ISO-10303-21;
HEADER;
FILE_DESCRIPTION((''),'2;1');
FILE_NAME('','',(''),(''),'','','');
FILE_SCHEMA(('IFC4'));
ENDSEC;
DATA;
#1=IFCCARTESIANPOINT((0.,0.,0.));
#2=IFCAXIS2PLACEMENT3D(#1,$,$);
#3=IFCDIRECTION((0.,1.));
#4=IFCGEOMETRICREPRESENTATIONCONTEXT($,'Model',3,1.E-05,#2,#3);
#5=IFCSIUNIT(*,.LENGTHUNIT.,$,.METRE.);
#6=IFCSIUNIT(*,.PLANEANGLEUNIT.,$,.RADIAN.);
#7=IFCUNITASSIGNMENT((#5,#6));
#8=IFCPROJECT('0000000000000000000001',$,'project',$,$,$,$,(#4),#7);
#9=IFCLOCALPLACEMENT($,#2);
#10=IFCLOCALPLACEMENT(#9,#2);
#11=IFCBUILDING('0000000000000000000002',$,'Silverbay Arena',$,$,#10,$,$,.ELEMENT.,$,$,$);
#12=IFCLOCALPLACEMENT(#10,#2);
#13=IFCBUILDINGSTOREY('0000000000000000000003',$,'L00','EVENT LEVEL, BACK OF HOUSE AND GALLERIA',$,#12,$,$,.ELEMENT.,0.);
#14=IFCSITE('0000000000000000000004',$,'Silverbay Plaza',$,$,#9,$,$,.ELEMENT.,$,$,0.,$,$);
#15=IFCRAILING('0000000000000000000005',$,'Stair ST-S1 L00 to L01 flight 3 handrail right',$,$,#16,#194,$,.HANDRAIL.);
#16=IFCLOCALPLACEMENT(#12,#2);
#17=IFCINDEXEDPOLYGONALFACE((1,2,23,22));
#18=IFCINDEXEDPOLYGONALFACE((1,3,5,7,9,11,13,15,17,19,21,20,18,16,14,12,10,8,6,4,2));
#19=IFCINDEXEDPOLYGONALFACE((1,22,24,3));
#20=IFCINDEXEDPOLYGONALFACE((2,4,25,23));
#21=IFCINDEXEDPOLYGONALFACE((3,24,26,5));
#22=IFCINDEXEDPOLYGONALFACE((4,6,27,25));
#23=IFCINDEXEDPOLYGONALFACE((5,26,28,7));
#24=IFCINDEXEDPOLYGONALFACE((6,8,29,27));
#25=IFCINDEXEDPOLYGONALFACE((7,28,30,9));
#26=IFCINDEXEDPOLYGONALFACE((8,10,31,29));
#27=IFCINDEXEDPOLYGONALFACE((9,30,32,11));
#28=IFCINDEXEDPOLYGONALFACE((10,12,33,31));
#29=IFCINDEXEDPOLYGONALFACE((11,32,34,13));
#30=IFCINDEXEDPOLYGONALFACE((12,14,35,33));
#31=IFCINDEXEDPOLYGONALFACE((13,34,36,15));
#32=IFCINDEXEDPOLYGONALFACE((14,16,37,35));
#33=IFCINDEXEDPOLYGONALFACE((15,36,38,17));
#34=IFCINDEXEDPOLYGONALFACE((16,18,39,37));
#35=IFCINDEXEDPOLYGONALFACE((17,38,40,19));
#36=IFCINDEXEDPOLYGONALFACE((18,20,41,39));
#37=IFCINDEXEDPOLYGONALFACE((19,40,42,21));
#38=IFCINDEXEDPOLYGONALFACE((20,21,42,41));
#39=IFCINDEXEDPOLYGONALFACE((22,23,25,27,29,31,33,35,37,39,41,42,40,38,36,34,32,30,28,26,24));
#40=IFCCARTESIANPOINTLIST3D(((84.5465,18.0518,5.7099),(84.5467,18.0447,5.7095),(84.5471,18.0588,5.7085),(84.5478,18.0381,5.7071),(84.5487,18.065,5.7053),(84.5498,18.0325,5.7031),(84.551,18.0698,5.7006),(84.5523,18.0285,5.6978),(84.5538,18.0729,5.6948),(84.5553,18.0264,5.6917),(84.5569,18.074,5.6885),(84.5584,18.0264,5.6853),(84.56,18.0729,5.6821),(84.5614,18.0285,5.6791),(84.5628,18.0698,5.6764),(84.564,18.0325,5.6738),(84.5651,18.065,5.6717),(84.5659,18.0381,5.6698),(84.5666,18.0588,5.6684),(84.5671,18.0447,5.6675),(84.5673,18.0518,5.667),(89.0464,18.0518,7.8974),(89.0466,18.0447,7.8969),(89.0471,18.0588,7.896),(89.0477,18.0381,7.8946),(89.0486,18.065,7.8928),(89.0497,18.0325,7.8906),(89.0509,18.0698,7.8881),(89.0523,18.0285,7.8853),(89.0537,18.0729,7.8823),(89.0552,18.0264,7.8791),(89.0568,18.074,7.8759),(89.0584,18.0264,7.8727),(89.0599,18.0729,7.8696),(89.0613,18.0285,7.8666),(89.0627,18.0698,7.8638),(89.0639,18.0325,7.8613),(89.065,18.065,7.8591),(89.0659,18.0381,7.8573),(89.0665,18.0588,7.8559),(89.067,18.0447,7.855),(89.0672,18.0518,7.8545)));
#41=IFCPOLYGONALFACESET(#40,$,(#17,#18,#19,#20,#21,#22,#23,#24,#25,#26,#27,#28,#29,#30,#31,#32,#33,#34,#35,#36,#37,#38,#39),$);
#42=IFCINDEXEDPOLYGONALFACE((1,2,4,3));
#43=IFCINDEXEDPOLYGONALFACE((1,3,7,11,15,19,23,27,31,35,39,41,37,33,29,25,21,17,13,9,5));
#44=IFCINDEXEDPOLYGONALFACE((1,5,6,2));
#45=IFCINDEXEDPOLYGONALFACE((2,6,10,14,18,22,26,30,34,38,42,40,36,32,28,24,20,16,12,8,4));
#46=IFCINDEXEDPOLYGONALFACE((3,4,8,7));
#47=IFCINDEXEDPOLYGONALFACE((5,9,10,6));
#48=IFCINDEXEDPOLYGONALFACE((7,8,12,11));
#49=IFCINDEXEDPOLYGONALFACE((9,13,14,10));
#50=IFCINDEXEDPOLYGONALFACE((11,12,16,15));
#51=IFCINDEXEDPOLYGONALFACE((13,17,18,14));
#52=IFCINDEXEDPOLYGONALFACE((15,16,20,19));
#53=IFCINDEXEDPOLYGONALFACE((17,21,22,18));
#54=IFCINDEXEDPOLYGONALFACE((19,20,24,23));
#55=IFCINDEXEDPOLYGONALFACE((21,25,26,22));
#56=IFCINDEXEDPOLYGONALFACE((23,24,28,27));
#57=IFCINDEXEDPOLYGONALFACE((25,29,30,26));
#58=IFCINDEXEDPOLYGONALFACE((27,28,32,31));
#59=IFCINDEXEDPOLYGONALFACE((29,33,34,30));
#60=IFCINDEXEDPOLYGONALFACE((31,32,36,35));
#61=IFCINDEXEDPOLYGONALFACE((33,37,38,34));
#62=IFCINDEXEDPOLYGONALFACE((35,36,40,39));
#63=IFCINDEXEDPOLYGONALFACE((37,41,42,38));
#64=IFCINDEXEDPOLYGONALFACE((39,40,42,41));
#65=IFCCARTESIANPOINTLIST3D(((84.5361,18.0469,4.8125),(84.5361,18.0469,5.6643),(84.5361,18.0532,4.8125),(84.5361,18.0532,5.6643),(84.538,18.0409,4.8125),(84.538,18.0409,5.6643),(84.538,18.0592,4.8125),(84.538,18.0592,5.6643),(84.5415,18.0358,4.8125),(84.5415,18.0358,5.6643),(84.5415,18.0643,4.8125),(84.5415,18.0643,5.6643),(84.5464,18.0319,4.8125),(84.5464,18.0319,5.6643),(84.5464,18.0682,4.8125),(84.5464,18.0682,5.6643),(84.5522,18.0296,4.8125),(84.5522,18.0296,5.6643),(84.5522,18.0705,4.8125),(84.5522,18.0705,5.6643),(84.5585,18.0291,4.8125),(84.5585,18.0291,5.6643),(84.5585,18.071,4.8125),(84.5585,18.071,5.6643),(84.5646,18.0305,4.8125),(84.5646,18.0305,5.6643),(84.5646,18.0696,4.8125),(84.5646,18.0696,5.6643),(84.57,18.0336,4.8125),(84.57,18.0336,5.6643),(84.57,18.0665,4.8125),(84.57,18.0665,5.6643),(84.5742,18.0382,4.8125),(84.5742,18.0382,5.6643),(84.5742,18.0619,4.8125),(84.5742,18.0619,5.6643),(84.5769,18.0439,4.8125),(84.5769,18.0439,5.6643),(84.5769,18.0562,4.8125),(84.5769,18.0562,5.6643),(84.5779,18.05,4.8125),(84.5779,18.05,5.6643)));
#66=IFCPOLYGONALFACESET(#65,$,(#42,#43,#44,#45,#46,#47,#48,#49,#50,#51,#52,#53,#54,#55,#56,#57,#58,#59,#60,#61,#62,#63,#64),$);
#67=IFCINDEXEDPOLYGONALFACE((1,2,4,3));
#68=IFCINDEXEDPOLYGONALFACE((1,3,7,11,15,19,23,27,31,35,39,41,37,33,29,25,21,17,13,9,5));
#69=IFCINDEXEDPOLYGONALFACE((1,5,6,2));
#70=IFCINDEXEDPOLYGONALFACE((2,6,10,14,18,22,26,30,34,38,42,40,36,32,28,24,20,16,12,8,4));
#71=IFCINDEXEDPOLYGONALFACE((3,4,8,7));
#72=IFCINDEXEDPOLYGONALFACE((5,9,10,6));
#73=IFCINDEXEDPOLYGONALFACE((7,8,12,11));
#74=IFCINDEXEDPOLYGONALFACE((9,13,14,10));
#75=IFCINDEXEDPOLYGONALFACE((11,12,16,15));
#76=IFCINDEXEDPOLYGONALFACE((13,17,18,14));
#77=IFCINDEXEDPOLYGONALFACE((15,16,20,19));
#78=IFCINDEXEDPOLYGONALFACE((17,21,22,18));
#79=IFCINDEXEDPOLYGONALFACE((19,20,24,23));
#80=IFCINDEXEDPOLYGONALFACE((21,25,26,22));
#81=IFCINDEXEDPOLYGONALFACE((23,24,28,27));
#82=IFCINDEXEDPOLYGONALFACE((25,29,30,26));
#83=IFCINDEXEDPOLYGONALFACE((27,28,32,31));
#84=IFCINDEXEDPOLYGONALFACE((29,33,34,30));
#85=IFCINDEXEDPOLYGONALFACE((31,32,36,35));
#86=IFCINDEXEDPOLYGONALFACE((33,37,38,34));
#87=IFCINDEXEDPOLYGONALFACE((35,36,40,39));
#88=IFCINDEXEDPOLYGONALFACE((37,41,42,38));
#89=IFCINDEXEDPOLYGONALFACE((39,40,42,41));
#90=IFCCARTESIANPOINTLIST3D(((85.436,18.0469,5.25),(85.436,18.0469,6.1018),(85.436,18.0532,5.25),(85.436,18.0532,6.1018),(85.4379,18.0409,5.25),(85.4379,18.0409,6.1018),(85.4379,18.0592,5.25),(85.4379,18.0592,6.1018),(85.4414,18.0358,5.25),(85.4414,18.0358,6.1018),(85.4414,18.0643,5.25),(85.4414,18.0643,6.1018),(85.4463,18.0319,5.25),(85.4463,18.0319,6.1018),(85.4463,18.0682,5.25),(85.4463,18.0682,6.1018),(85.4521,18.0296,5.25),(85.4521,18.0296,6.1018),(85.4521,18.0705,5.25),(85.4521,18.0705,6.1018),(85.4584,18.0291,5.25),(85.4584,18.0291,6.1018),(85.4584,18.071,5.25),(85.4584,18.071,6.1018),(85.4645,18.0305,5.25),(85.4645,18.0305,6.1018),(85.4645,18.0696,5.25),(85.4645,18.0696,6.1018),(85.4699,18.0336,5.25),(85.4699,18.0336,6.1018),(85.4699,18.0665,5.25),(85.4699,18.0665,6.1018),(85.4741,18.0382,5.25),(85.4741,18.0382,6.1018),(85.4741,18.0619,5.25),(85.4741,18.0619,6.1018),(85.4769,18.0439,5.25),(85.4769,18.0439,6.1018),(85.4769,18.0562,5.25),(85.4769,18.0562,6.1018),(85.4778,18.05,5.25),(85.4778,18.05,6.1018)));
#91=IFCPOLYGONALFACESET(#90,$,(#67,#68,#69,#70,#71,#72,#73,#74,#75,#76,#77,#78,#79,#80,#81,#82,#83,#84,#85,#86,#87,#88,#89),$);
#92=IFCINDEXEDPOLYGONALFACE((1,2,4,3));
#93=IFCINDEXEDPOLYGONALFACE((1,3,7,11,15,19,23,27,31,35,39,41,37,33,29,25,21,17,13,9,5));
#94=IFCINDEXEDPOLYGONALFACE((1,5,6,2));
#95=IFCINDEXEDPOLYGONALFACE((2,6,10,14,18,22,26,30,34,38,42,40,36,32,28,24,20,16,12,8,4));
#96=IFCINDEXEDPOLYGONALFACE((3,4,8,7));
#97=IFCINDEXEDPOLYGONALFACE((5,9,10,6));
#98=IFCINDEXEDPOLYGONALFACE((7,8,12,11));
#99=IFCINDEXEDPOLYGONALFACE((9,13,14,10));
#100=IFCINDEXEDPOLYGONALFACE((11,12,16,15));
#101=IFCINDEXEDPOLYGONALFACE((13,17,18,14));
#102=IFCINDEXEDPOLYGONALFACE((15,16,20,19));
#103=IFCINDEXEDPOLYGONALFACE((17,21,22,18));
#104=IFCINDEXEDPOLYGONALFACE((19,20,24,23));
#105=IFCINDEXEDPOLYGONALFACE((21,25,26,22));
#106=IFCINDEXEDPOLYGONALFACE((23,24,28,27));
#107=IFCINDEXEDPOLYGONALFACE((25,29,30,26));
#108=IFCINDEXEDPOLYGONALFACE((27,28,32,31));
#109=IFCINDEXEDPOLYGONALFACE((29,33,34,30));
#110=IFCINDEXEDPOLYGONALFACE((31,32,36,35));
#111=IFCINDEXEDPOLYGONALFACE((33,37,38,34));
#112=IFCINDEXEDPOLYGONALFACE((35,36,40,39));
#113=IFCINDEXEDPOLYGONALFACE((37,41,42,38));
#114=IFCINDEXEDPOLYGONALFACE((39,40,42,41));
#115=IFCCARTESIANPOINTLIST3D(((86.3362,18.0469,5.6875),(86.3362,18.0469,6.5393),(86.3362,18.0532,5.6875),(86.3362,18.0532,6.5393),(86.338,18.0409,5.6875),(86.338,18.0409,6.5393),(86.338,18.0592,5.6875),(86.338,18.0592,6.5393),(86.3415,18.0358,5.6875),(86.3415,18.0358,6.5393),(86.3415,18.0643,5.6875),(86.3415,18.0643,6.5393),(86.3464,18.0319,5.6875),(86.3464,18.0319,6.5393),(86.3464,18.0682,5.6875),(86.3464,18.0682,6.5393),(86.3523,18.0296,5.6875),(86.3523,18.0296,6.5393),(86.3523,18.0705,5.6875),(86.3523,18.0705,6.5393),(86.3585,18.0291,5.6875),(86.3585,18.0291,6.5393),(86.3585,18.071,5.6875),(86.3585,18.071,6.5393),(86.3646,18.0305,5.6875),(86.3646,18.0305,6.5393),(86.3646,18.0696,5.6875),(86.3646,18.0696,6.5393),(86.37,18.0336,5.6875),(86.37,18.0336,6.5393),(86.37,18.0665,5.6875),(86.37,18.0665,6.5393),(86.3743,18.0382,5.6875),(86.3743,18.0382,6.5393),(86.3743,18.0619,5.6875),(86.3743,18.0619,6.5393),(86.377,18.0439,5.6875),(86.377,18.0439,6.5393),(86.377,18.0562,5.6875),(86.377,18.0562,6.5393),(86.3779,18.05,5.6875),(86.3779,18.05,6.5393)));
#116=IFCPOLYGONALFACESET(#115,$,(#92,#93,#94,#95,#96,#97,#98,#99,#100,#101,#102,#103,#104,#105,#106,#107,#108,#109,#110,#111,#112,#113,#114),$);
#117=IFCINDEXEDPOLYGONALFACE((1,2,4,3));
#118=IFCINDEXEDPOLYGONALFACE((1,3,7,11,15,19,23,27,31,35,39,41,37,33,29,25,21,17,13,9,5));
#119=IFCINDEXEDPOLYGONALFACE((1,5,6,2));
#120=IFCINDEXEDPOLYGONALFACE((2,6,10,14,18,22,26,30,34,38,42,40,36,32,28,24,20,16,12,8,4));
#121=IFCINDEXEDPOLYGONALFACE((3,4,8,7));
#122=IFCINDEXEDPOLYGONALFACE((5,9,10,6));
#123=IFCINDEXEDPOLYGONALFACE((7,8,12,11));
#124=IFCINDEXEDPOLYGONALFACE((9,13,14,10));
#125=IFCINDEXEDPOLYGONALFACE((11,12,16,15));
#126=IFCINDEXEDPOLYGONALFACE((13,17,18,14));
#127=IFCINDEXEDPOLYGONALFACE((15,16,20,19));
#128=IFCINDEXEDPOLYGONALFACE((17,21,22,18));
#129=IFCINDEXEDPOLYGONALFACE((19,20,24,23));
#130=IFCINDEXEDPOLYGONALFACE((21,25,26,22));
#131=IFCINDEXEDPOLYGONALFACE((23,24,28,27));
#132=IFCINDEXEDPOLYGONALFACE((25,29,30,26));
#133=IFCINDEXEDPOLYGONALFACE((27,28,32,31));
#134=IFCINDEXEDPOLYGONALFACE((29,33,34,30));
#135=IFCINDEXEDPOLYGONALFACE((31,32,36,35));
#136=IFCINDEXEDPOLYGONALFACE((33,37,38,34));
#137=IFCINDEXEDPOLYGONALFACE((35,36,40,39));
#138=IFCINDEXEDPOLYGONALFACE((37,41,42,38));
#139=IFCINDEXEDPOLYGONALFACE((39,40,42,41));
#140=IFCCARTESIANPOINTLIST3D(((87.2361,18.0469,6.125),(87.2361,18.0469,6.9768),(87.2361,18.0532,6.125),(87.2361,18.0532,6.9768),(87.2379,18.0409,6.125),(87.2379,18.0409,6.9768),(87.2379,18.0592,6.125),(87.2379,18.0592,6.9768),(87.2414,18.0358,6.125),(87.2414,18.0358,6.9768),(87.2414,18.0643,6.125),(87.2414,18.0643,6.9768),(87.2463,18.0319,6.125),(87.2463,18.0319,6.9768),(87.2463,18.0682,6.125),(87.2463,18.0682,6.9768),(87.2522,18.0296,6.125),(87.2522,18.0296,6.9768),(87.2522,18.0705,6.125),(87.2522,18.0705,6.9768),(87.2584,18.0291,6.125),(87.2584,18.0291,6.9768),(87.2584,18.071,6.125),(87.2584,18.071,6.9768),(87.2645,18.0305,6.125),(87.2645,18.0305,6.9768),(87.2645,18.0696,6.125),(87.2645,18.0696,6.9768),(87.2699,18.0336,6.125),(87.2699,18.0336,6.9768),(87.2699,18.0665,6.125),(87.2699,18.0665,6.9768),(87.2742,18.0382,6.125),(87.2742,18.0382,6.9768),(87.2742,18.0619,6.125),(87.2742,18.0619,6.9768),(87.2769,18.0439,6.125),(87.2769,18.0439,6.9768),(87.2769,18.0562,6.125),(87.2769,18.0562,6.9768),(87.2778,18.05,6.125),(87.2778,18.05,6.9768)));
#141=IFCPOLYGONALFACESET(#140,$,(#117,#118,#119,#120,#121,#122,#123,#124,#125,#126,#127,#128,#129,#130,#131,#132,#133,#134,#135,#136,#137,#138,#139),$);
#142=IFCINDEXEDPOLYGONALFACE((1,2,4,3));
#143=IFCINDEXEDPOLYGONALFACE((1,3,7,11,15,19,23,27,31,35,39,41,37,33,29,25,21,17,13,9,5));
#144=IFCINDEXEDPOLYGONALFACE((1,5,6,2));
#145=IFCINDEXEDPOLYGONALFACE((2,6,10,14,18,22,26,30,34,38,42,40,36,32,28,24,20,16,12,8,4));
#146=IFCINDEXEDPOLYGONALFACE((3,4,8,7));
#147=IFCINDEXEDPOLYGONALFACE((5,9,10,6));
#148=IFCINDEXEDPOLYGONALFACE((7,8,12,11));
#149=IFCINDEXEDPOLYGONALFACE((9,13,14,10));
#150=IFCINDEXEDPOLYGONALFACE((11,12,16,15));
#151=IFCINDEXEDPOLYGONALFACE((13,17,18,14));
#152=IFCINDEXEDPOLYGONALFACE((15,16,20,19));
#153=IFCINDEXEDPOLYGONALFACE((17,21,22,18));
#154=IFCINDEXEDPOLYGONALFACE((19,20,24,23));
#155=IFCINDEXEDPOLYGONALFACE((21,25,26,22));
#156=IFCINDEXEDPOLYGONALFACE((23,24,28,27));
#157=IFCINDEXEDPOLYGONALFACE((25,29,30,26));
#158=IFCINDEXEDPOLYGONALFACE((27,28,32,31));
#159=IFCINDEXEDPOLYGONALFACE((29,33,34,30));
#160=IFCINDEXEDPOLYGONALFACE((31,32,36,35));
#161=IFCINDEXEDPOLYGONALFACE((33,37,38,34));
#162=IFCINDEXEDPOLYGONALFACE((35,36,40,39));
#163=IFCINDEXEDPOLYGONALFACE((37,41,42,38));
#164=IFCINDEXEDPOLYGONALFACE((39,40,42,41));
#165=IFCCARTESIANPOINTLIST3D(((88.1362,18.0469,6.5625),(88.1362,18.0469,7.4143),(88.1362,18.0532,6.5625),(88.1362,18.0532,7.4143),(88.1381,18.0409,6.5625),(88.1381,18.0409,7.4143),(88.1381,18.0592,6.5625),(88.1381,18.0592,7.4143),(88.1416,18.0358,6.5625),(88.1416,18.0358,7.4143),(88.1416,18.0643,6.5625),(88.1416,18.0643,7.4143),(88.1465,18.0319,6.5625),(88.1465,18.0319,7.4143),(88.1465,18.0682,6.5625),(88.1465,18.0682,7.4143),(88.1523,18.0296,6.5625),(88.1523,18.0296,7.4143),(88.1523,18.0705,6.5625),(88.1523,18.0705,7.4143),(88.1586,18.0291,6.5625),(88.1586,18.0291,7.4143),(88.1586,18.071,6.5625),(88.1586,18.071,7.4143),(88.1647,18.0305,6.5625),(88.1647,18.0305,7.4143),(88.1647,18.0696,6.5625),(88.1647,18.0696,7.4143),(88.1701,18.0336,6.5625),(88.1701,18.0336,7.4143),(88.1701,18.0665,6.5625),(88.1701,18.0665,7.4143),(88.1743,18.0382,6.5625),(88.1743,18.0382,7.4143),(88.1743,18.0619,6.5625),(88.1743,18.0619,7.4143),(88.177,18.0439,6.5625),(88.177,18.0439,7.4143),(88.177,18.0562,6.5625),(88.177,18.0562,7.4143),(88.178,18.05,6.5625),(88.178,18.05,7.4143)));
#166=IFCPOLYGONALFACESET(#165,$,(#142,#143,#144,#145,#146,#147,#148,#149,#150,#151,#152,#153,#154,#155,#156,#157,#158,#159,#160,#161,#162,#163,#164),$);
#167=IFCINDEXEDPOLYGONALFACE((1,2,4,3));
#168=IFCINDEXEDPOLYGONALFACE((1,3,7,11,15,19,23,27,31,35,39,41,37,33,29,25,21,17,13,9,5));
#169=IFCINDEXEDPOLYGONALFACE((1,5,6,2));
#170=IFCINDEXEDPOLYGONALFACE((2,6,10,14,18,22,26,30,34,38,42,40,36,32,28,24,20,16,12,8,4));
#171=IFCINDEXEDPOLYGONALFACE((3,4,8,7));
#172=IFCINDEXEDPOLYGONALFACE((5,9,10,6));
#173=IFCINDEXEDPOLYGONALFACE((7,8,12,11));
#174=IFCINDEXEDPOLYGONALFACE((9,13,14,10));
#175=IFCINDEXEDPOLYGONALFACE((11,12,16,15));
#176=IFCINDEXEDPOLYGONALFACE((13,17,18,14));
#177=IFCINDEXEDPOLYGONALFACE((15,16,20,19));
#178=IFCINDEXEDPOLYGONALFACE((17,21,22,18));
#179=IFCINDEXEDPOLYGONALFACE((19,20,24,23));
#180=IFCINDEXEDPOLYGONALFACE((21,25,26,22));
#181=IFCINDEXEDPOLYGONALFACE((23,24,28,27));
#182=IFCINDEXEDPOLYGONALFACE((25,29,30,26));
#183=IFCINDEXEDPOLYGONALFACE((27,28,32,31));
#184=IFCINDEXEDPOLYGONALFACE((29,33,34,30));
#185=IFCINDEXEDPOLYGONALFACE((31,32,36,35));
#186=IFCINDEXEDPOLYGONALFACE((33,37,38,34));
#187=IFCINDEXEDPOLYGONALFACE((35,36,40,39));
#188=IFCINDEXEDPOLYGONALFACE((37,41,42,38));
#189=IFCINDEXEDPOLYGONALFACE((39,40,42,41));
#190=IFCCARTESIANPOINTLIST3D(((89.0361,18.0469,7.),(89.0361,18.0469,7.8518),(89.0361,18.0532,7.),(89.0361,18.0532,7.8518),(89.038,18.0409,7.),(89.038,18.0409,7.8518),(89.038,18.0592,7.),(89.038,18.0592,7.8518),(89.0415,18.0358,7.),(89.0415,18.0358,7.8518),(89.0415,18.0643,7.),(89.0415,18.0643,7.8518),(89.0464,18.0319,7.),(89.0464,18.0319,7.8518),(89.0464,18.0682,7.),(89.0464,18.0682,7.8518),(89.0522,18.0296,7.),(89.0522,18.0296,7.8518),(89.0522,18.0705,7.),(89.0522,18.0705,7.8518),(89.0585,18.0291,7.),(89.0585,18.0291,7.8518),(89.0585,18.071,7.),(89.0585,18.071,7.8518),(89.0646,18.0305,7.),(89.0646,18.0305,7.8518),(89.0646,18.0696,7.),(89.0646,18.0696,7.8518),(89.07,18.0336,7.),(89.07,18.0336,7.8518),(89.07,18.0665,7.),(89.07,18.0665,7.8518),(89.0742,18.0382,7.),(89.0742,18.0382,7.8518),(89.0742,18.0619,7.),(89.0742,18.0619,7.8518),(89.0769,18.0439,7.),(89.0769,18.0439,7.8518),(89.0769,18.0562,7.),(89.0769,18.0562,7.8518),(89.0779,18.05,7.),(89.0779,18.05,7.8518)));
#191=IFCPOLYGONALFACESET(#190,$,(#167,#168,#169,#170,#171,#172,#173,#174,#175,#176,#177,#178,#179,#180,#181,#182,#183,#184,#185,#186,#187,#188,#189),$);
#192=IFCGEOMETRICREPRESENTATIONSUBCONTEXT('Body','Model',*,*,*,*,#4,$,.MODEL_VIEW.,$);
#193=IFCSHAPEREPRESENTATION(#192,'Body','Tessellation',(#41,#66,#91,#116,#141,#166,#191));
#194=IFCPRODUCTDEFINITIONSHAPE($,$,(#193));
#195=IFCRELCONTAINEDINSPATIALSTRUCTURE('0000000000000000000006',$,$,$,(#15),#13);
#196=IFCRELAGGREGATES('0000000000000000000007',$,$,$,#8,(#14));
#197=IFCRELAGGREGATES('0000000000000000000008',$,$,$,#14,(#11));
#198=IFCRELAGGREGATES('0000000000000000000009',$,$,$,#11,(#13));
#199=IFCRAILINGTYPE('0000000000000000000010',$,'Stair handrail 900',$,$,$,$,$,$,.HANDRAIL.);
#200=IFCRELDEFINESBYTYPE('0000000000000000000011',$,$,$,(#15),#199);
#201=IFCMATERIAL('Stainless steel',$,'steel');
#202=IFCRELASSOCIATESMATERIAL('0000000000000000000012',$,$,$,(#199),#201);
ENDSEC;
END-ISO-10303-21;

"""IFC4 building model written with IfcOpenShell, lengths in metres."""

from ifc_helpers import new_model, si_unit, direction, frame, origin, origin_2d, place, context, subcontext, project, spatial, circle, extrude, material, type_object, element, save


model = new_model("IFC4")

# Units and contexts
model_context = context("Model", 3, precision=1e-05, world=origin(), true_north=direction((0.0, 1.0)))
body_context = subcontext(model_context, "Body", "Model", "MODEL_VIEW")
ifc_project = project(units=[si_unit("LENGTHUNIT", "METRE"), si_unit("PLANEANGLEUNIT", "RADIAN")], contexts=[model_context])

# Site, building, storey
site_placement = place(None, origin())
site = spatial("IfcSite", under=ifc_project, at=site_placement, Name="Silverbay Plaza", CompositionType="ELEMENT", RefElevation=0.0)
building_placement = place(site_placement, origin())
building = spatial("IfcBuilding", under=site, at=building_placement, Name="Silverbay Arena", CompositionType="ELEMENT")
storey_placement = place(building_placement, origin())
storey = spatial("IfcBuildingStorey", under=building, at=storey_placement, Name="L00", Description="EVENT LEVEL, BACK OF HOUSE AND GALLERIA", CompositionType="ELEMENT", Elevation=0.0)

# Railing
ifc_material_1 = material(Name="Stainless steel", Category="steel")
railing_type = type_object("IfcRailingType", Name="Stair handrail 900", PredefinedType="HANDRAIL", material=ifc_material_1)
railing_1_placement = place(storey_placement, frame((84.5569, 18.05, 4.8125)))
element("IfcRailing", 1, at=railing_1_placement, inside=storey, type_object=railing_type, Name="Stair ST-S1 L00 to L01 flight 3 handrail right", PredefinedType="HANDRAIL", context=body_context, shape_type="SweptSolid", body=[
    extrude(circle(Radius=0.0239, at=origin_2d()), frame((0.0, 0.0, 0.876), z_axis=(0.899368, 0.0, 0.437193), x_axis=(0.0, 1.0, 0.0)), (0.0, 0.0, 1.0), 5.0034),
    extrude(circle(Radius=0.021, at=origin_2d()), origin(), (0.0, 0.0, 1.0), 0.8518),
    extrude(circle(Radius=0.021, at=origin_2d()), frame((0.8999, 0.0, 0.4375)), (0.0, 0.0, 1.0), 0.8518),
    extrude(circle(Radius=0.021, at=origin_2d()), frame((1.8, 0.0, 0.875)), (0.0, 0.0, 1.0), 0.8518),
    extrude(circle(Radius=0.021, at=origin_2d()), frame((2.7, 0.0, 1.3125)), (0.0, 0.0, 1.0), 0.8518),
    extrude(circle(Radius=0.021, at=origin_2d()), frame((3.6001, 0.0, 1.75)), (0.0, 0.0, 1.0), 0.8518),
    extrude(circle(Radius=0.021, at=origin_2d()), frame((4.5, 0.0, 2.1875)), (0.0, 0.0, 1.0), 0.8518),
])

save(model, "model.ifc")
